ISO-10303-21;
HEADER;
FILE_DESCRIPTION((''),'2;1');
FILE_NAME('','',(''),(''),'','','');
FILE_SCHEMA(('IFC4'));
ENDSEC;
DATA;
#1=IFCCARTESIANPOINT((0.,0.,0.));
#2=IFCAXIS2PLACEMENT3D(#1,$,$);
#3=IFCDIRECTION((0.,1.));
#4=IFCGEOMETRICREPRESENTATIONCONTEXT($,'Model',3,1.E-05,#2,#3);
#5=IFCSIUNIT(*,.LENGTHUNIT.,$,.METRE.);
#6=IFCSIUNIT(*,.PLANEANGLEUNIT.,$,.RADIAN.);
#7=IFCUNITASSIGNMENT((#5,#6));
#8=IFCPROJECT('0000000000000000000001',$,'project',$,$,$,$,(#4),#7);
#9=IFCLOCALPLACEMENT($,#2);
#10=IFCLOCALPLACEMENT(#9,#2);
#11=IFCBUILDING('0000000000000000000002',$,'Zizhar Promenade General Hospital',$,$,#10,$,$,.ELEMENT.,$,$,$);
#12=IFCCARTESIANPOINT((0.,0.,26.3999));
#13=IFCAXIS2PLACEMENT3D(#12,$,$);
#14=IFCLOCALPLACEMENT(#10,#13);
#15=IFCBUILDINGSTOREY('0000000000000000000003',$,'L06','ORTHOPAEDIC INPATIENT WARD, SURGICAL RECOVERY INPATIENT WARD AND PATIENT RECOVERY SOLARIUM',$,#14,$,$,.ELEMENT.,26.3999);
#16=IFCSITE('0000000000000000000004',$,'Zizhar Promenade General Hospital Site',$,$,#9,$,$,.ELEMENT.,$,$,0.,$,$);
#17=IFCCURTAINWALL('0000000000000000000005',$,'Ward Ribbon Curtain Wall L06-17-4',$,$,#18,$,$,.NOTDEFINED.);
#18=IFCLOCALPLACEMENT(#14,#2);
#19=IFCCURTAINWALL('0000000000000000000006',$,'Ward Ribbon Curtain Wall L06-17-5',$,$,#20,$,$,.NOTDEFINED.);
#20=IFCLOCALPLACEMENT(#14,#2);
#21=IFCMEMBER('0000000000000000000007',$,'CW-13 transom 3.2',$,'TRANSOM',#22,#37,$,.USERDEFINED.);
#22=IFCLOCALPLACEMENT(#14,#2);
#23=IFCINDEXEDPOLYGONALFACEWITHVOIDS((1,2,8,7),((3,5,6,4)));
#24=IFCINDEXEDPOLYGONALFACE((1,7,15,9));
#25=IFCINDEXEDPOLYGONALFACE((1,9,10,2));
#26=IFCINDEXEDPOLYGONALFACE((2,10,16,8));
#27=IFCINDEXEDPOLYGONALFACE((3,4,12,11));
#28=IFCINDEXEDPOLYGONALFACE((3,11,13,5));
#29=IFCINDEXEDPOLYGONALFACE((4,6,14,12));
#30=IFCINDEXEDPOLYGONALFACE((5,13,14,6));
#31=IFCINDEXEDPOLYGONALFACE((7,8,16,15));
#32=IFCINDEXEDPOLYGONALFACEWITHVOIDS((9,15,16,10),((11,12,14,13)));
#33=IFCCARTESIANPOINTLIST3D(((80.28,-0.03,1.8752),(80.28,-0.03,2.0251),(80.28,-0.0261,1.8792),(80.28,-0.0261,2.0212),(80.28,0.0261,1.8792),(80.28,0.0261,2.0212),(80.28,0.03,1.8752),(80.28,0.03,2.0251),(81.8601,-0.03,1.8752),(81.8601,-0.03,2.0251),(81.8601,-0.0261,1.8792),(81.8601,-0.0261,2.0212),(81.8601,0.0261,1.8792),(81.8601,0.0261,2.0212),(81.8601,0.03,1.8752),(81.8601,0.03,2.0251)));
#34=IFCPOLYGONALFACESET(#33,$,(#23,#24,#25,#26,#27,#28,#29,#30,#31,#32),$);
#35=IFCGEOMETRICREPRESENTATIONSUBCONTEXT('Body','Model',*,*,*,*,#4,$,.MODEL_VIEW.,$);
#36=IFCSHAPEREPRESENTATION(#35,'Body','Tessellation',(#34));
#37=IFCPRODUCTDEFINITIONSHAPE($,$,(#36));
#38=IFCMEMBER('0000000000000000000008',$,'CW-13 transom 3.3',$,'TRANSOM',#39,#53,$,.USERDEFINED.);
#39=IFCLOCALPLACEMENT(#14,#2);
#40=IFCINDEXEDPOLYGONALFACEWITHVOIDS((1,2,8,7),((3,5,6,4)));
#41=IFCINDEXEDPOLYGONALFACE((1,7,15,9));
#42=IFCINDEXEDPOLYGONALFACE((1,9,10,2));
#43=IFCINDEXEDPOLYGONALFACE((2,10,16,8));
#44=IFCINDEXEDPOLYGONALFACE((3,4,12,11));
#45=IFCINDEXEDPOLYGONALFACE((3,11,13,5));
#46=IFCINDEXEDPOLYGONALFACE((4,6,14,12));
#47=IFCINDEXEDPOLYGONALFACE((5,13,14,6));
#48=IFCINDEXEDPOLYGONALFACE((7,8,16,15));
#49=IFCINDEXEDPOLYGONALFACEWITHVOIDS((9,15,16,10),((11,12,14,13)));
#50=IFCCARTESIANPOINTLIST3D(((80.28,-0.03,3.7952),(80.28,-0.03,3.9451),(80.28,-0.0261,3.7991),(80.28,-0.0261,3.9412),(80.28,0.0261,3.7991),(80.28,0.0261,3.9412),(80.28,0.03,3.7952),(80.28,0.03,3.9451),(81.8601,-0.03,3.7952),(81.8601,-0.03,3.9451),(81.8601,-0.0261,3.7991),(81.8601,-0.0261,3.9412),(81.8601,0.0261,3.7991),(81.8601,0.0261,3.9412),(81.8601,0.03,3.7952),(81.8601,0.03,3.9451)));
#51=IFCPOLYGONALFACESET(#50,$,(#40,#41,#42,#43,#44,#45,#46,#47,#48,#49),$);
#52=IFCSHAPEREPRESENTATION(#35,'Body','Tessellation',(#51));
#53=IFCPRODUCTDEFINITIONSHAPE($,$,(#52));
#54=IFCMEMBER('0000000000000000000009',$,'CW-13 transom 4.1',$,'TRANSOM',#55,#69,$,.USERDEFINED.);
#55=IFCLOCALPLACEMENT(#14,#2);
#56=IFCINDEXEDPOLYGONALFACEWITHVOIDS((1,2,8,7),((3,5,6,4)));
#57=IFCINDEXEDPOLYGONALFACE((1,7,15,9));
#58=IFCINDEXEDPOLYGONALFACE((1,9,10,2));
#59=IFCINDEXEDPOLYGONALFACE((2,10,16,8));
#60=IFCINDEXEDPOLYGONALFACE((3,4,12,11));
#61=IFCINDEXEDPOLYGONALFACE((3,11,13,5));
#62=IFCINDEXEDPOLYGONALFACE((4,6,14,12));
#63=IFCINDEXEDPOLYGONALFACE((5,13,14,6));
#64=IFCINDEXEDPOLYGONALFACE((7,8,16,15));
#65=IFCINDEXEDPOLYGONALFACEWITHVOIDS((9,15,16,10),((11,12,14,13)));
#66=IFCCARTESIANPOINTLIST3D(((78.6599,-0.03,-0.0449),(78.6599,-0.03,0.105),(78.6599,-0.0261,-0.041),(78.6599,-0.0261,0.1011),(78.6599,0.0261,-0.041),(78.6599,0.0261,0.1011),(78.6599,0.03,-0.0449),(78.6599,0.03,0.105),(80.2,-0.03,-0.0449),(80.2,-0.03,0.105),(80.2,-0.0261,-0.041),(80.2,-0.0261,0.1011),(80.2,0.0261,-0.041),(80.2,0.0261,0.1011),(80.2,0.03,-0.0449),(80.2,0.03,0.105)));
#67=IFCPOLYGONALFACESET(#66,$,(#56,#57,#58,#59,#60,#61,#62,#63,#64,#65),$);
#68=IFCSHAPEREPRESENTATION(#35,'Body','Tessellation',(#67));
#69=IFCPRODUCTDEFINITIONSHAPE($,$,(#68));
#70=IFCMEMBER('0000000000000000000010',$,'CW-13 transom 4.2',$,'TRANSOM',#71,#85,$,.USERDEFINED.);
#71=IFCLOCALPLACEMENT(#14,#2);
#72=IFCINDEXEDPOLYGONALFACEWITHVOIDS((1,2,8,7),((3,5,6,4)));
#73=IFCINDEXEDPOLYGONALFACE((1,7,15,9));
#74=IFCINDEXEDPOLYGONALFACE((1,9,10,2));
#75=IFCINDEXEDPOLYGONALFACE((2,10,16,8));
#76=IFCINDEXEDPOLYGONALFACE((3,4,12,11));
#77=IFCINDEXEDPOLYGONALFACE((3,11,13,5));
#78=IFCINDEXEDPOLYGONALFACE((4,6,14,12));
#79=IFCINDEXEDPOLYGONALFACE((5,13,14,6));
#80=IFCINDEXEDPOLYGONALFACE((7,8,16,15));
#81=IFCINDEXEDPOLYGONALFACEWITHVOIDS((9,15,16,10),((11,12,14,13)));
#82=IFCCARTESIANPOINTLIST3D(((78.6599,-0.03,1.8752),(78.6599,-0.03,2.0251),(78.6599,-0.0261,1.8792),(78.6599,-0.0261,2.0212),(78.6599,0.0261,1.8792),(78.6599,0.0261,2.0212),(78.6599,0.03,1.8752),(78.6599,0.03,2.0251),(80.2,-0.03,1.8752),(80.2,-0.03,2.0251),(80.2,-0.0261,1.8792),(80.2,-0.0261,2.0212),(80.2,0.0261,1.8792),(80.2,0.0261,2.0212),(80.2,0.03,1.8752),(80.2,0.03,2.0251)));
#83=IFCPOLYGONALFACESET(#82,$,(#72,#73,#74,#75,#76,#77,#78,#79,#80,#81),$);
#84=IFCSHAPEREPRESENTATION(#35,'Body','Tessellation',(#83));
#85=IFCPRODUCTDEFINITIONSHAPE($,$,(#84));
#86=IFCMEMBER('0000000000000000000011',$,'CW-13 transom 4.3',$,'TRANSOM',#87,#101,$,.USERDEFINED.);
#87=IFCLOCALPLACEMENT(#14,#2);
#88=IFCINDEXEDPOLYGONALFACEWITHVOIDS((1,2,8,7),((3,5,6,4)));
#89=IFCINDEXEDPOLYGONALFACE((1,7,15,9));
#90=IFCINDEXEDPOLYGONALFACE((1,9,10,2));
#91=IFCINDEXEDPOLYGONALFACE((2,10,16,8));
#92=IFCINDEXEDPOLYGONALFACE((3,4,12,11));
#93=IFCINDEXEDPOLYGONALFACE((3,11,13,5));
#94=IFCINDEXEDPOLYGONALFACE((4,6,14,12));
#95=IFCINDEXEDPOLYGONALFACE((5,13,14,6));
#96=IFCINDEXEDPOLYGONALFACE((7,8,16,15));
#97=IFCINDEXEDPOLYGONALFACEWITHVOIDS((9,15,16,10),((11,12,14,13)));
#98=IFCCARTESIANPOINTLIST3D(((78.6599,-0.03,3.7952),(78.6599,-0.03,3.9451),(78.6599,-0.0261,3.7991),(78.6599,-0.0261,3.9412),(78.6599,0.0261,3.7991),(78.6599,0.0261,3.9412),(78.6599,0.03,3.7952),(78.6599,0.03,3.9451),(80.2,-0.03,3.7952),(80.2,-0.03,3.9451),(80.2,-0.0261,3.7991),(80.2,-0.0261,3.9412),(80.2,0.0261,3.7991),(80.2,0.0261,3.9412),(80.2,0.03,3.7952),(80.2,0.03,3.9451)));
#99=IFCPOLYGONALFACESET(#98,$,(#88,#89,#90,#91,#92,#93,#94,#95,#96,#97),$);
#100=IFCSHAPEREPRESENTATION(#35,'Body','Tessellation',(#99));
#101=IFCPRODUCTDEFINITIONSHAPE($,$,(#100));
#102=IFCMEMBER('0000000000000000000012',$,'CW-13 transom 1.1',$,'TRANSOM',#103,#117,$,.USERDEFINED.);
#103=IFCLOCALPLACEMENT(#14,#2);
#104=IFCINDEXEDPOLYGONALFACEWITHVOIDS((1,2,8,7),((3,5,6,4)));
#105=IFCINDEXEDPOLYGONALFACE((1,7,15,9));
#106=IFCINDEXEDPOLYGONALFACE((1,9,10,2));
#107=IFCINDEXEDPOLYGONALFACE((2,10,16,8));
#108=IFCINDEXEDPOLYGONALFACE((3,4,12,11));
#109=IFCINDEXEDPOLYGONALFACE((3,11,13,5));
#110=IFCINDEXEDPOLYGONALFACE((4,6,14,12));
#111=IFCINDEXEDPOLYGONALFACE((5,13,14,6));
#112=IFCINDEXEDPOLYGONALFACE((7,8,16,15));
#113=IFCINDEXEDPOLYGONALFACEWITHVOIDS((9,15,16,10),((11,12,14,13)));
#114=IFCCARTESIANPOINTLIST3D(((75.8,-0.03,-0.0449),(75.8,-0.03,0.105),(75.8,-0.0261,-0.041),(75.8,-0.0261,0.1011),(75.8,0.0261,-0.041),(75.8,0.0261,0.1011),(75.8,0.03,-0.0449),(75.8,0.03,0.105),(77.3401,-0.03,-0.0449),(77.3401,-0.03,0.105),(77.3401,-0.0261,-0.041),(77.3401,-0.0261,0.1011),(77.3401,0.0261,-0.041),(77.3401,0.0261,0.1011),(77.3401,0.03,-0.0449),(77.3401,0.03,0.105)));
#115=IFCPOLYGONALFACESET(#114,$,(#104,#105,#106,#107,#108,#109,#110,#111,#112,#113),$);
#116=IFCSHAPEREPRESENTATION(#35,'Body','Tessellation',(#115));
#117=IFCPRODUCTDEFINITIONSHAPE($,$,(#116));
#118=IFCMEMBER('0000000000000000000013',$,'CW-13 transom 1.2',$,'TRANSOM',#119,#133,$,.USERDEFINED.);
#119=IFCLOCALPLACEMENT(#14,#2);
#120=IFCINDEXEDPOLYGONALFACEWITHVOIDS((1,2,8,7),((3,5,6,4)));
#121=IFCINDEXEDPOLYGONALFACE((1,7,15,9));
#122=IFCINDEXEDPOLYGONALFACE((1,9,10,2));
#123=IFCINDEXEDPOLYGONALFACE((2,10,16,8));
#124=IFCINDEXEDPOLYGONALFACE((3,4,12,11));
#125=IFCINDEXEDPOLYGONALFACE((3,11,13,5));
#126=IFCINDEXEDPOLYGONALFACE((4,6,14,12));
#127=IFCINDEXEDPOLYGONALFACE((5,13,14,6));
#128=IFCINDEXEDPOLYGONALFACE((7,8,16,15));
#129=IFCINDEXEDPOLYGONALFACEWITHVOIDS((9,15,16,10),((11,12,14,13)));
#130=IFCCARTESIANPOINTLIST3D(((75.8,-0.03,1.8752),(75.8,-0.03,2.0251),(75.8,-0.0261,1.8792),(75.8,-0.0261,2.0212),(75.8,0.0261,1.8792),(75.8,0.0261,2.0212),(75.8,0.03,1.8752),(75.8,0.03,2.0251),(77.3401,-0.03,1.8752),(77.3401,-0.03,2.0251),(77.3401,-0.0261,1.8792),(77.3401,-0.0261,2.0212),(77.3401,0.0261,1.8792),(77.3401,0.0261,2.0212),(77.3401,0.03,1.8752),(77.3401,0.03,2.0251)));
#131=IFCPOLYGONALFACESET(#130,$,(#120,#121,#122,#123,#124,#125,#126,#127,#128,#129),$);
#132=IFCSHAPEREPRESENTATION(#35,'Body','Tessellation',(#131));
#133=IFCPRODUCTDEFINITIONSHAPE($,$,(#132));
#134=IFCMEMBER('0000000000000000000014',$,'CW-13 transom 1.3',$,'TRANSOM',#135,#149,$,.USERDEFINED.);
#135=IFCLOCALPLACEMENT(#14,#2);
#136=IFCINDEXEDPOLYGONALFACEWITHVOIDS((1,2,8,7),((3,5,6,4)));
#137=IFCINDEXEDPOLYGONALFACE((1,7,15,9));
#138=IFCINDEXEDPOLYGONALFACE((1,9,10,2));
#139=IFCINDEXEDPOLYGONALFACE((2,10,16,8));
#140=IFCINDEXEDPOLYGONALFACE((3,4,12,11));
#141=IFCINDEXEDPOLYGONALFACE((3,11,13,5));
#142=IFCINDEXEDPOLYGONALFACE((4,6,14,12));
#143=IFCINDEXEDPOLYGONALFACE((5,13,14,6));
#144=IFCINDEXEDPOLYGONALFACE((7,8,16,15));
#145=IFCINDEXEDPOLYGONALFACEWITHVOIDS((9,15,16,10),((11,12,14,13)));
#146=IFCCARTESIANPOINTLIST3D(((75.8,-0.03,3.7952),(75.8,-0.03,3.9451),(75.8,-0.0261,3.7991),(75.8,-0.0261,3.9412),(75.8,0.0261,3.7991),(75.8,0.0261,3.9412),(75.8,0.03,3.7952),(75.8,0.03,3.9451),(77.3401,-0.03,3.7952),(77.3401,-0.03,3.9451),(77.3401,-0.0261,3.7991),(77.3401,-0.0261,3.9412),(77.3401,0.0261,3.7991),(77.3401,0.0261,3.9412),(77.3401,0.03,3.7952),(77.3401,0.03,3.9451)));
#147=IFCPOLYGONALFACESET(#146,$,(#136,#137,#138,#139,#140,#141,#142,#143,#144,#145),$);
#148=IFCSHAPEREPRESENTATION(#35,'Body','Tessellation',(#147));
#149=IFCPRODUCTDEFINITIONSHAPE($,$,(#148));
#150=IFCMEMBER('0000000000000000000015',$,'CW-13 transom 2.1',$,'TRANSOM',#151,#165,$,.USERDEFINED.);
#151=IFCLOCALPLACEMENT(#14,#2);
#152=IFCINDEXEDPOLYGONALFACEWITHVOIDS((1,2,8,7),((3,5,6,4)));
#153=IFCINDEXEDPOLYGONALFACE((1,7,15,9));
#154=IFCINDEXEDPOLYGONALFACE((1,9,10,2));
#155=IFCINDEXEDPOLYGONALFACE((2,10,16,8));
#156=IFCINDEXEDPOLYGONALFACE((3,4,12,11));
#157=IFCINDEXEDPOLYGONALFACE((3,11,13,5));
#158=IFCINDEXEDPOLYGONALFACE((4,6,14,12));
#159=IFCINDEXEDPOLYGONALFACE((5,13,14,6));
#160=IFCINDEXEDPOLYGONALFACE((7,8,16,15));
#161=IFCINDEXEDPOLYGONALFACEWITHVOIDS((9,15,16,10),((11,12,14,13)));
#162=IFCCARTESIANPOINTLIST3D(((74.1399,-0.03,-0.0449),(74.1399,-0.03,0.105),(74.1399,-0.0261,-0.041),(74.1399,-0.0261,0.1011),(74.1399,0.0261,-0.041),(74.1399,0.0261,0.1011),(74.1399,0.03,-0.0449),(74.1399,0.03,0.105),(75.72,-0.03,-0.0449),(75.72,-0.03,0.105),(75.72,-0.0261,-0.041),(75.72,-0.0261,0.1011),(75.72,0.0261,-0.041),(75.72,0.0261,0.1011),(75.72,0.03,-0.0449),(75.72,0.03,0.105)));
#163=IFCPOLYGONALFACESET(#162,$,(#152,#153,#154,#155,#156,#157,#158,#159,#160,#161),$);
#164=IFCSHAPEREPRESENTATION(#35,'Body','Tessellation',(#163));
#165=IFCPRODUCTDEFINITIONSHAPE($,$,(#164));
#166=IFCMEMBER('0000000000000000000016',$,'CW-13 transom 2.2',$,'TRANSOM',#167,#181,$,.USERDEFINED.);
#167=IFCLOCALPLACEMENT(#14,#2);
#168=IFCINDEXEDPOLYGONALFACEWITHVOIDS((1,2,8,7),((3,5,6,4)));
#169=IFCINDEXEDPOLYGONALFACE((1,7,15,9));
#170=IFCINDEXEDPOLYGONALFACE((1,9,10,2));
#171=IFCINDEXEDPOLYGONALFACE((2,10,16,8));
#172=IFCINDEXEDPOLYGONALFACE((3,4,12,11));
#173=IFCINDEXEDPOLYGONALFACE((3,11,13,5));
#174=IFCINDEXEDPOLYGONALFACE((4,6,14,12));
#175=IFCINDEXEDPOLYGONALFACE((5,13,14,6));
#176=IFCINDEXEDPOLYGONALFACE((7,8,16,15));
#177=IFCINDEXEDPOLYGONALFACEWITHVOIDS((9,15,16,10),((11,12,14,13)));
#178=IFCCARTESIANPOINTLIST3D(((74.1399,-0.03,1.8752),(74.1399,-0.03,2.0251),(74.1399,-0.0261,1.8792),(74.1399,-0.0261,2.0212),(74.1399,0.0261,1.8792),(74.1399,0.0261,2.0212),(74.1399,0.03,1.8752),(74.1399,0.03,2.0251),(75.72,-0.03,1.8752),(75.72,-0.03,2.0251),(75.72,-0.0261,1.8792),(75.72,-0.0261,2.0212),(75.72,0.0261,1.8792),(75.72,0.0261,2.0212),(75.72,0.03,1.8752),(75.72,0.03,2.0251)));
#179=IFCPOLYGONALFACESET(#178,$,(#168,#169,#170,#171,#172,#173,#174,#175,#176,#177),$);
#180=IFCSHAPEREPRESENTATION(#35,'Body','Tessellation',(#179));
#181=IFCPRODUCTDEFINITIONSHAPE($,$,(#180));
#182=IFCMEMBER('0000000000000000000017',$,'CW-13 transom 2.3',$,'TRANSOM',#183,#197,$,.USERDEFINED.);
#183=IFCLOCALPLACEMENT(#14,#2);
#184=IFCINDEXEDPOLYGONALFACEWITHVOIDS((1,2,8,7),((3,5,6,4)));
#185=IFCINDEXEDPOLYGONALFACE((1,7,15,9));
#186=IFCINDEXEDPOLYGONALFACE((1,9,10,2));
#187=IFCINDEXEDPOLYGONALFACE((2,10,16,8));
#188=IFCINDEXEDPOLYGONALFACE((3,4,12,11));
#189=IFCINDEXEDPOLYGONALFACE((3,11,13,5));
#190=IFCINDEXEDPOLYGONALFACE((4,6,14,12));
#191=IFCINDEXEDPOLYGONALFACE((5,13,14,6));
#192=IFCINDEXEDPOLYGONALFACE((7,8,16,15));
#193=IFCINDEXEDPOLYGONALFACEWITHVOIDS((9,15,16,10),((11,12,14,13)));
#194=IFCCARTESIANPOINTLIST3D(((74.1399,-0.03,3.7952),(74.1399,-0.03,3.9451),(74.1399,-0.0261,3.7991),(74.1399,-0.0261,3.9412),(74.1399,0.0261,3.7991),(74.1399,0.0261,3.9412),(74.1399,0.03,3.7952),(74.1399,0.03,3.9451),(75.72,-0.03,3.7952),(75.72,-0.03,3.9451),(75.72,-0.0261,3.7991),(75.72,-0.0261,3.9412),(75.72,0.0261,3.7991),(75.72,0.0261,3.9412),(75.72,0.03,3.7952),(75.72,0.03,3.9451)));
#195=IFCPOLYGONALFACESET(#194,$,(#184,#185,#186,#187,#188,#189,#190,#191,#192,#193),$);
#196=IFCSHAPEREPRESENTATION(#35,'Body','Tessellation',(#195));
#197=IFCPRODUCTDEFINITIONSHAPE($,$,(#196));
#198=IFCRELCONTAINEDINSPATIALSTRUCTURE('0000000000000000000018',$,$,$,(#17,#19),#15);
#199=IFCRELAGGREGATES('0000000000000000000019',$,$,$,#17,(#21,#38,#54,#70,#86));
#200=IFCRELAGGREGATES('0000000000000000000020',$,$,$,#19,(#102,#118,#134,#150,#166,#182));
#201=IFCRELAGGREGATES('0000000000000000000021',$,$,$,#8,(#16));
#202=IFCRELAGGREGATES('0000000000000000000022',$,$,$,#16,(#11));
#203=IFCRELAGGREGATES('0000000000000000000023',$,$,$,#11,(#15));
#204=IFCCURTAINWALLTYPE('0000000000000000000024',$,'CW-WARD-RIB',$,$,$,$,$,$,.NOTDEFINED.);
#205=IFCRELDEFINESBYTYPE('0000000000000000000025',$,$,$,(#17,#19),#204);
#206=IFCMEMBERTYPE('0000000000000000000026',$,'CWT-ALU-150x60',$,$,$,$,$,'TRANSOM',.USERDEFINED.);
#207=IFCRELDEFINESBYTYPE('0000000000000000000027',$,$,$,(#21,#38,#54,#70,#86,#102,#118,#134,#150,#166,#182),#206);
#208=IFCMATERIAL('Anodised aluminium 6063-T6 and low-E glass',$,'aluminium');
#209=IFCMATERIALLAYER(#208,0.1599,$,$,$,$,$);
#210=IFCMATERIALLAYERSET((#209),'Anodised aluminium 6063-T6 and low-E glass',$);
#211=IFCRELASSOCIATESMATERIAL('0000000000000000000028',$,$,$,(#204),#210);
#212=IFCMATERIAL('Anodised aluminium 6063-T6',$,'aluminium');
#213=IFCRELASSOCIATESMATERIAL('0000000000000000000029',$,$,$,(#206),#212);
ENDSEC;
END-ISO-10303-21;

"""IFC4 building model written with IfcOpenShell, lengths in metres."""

from ifc_helpers import new_model, si_unit, direction, frame, origin, origin_2d, place, context, subcontext, project, spatial, hollow_rectangle, extrude, material, layer, layer_set, material_profile, profile_set, type_object, element, aggregate, save


model = new_model("IFC4")

# Units and contexts
model_context = context("Model", 3, precision=1e-05, world=origin(), true_north=direction((0.0, 1.0)))
body_context = subcontext(model_context, "Body", "Model", "MODEL_VIEW")
ifc_project = project(units=[si_unit("LENGTHUNIT", "METRE"), si_unit("PLANEANGLEUNIT", "RADIAN")], contexts=[model_context])

# Site, building, storey
site_placement = place(None, origin())
site = spatial("IfcSite", under=ifc_project, at=site_placement, Name="Zizhar Promenade General Hospital Site", CompositionType="ELEMENT", RefElevation=0.0)
building_placement = place(site_placement, origin())
building = spatial("IfcBuilding", under=site, at=building_placement, Name="Zizhar Promenade General Hospital", CompositionType="ELEMENT")
storey_placement = place(building_placement, frame((0.0, 0.0, 26.3999)))
storey = spatial("IfcBuildingStorey", under=building, at=storey_placement, Name="L06", Description="ORTHOPAEDIC INPATIENT WARD, SURGICAL RECOVERY INPATIENT WARD AND PATIENT RECOVERY SOLARIUM", CompositionType="ELEMENT", Elevation=26.3999)

# Curtain walls
ifc_material_1 = material(Name="Anodised aluminium 6063-T6 and low-E glass", Category="aluminium")
ifc_layer_1 = layer(ifc_material_1, 0.1599)
ifc_layer_set_1 = layer_set([ifc_layer_1], Name="Anodised aluminium 6063-T6 and low-E glass")
curtain_wall_type = type_object("IfcCurtainWallType", Name="CW-WARD-RIB", PredefinedType="NOTDEFINED", material=ifc_layer_set_1)
curtain_wall_1_placement = place(storey_placement, origin())
curtain_wall_1 = element("IfcCurtainWall", 1, at=curtain_wall_1_placement, inside=storey, type_object=curtain_wall_type, Name="Ward Ribbon Curtain Wall L06-17-4", PredefinedType="NOTDEFINED")
curtain_wall_2_placement = place(storey_placement, origin())
curtain_wall_2 = element("IfcCurtainWall", 2, at=curtain_wall_2_placement, inside=storey, type_object=curtain_wall_type, Name="Ward Ribbon Curtain Wall L06-17-5", PredefinedType="NOTDEFINED")

# Members
ifc_material_2 = material(Name="Anodised aluminium 6063-T6", Category="aluminium")
ifc_material_profile_1 = material_profile(ifc_material_2, hollow_rectangle(XDim=0.0601, YDim=0.1499, WallThickness=0.0039, at=origin_2d()))
ifc_profile_set_1 = profile_set([ifc_material_profile_1], Name="Anodised aluminium 6063-T6")
member_type_1 = type_object("IfcMemberType", Name="CWT-ALU-150x60", ElementType="TRANSOM", PredefinedType="USERDEFINED", material=ifc_profile_set_1)
member_1_placement = place(storey_placement, frame((81.8601, 0.0, 1.9502), z_axis=(-1.0, 0.0, 0.0), x_axis=(0.0, -1.0, 0.0)))
member_1 = element("IfcMember", 3, at=member_1_placement, type_object=member_type_1, Name="CW-13 transom 3.2", ObjectType="TRANSOM", PredefinedType="USERDEFINED", context=body_context, shape_type="SweptSolid", body=[
    extrude(hollow_rectangle(XDim=0.0601, YDim=0.1499, WallThickness=0.0039, at=origin_2d()), origin(), (0.0, 0.0, 1.0), 1.5801),
])
member_2_placement = place(storey_placement, frame((81.8601, 0.0, 3.8701), z_axis=(-1.0, 0.0, 0.0), x_axis=(0.0, -1.0, 0.0)))
member_2 = element("IfcMember", 4, at=member_2_placement, type_object=member_type_1, Name="CW-13 transom 3.3", ObjectType="TRANSOM", PredefinedType="USERDEFINED", context=body_context, shape_type="SweptSolid", body=[
    extrude(hollow_rectangle(XDim=0.0601, YDim=0.1499, WallThickness=0.0039, at=origin_2d()), origin(), (0.0, 0.0, 1.0), 1.5801),
])
member_3_placement = place(storey_placement, frame((80.2, 0.0, 0.03), z_axis=(-1.0, 0.0, 0.0), x_axis=(0.0, -1.0, 0.0)))
member_3 = element("IfcMember", 5, at=member_3_placement, type_object=member_type_1, Name="CW-13 transom 4.1", ObjectType="TRANSOM", PredefinedType="USERDEFINED", context=body_context, shape_type="SweptSolid", body=[
    extrude(hollow_rectangle(XDim=0.0601, YDim=0.1499, WallThickness=0.0039, at=origin_2d()), origin(), (0.0, 0.0, 1.0), 1.54),
])
member_4_placement = place(storey_placement, frame((80.2, 0.0, 1.9502), z_axis=(-1.0, 0.0, 0.0), x_axis=(0.0, -1.0, 0.0)))
member_4 = element("IfcMember", 6, at=member_4_placement, type_object=member_type_1, Name="CW-13 transom 4.2", ObjectType="TRANSOM", PredefinedType="USERDEFINED", context=body_context, shape_type="SweptSolid", body=[
    extrude(hollow_rectangle(XDim=0.0601, YDim=0.1499, WallThickness=0.0039, at=origin_2d()), origin(), (0.0, 0.0, 1.0), 1.54),
])
member_5_placement = place(storey_placement, frame((80.2, 0.0, 3.8701), z_axis=(-1.0, 0.0, 0.0), x_axis=(0.0, -1.0, 0.0)))
member_5 = element("IfcMember", 7, at=member_5_placement, type_object=member_type_1, Name="CW-13 transom 4.3", ObjectType="TRANSOM", PredefinedType="USERDEFINED", context=body_context, shape_type="SweptSolid", body=[
    extrude(hollow_rectangle(XDim=0.0601, YDim=0.1499, WallThickness=0.0039, at=origin_2d()), origin(), (0.0, 0.0, 1.0), 1.54),
])
member_6_placement = place(storey_placement, frame((77.3401, 0.0, 0.03), z_axis=(-1.0, 0.0, 0.0), x_axis=(0.0, -1.0, 0.0)))
member_6 = element("IfcMember", 8, at=member_6_placement, type_object=member_type_1, Name="CW-13 transom 1.1", ObjectType="TRANSOM", PredefinedType="USERDEFINED", context=body_context, shape_type="SweptSolid", body=[
    extrude(hollow_rectangle(XDim=0.0601, YDim=0.1499, WallThickness=0.0039, at=origin_2d()), origin(), (0.0, 0.0, 1.0), 1.54),
])
member_7_placement = place(storey_placement, frame((77.3401, 0.0, 1.9502), z_axis=(-1.0, 0.0, 0.0), x_axis=(0.0, -1.0, 0.0)))
member_7 = element("IfcMember", 9, at=member_7_placement, type_object=member_type_1, Name="CW-13 transom 1.2", ObjectType="TRANSOM", PredefinedType="USERDEFINED", context=body_context, shape_type="SweptSolid", body=[
    extrude(hollow_rectangle(XDim=0.0601, YDim=0.1499, WallThickness=0.0039, at=origin_2d()), origin(), (0.0, 0.0, 1.0), 1.54),
])
member_8_placement = place(storey_placement, frame((77.3401, 0.0, 3.8701), z_axis=(-1.0, 0.0, 0.0), x_axis=(0.0, -1.0, 0.0)))
member_8 = element("IfcMember", 10, at=member_8_placement, type_object=member_type_1, Name="CW-13 transom 1.3", ObjectType="TRANSOM", PredefinedType="USERDEFINED", context=body_context, shape_type="SweptSolid", body=[
    extrude(hollow_rectangle(XDim=0.0601, YDim=0.1499, WallThickness=0.0039, at=origin_2d()), origin(), (0.0, 0.0, 1.0), 1.54),
])
member_9_placement = place(storey_placement, frame((75.72, 0.0, 0.03), z_axis=(-1.0, 0.0, 0.0), x_axis=(0.0, -1.0, 0.0)))
member_9 = element("IfcMember", 11, at=member_9_placement, type_object=member_type_1, Name="CW-13 transom 2.1", ObjectType="TRANSOM", PredefinedType="USERDEFINED", context=body_context, shape_type="SweptSolid", body=[
    extrude(hollow_rectangle(XDim=0.0601, YDim=0.1499, WallThickness=0.0039, at=origin_2d()), origin(), (0.0, 0.0, 1.0), 1.5801),
])
member_10_placement = place(storey_placement, frame((75.72, 0.0, 1.9502), z_axis=(-1.0, 0.0, 0.0), x_axis=(0.0, -1.0, 0.0)))
member_10 = element("IfcMember", 12, at=member_10_placement, type_object=member_type_1, Name="CW-13 transom 2.2", ObjectType="TRANSOM", PredefinedType="USERDEFINED", context=body_context, shape_type="SweptSolid", body=[
    extrude(hollow_rectangle(XDim=0.0601, YDim=0.1499, WallThickness=0.0039, at=origin_2d()), origin(), (0.0, 0.0, 1.0), 1.5801),
])
member_11_placement = place(storey_placement, frame((75.72, 0.0, 3.8701), z_axis=(-1.0, 0.0, 0.0), x_axis=(0.0, -1.0, 0.0)))
member_11 = element("IfcMember", 13, at=member_11_placement, type_object=member_type_1, Name="CW-13 transom 2.3", ObjectType="TRANSOM", PredefinedType="USERDEFINED", context=body_context, shape_type="SweptSolid", body=[
    extrude(hollow_rectangle(XDim=0.0601, YDim=0.1499, WallThickness=0.0039, at=origin_2d()), origin(), (0.0, 0.0, 1.0), 1.5801),
])

aggregate(curtain_wall_1, [member_1, member_2, member_3, member_4, member_5])
aggregate(curtain_wall_2, [member_6, member_7, member_8, member_9, member_10, member_11])

save(model, "model.ifc")
